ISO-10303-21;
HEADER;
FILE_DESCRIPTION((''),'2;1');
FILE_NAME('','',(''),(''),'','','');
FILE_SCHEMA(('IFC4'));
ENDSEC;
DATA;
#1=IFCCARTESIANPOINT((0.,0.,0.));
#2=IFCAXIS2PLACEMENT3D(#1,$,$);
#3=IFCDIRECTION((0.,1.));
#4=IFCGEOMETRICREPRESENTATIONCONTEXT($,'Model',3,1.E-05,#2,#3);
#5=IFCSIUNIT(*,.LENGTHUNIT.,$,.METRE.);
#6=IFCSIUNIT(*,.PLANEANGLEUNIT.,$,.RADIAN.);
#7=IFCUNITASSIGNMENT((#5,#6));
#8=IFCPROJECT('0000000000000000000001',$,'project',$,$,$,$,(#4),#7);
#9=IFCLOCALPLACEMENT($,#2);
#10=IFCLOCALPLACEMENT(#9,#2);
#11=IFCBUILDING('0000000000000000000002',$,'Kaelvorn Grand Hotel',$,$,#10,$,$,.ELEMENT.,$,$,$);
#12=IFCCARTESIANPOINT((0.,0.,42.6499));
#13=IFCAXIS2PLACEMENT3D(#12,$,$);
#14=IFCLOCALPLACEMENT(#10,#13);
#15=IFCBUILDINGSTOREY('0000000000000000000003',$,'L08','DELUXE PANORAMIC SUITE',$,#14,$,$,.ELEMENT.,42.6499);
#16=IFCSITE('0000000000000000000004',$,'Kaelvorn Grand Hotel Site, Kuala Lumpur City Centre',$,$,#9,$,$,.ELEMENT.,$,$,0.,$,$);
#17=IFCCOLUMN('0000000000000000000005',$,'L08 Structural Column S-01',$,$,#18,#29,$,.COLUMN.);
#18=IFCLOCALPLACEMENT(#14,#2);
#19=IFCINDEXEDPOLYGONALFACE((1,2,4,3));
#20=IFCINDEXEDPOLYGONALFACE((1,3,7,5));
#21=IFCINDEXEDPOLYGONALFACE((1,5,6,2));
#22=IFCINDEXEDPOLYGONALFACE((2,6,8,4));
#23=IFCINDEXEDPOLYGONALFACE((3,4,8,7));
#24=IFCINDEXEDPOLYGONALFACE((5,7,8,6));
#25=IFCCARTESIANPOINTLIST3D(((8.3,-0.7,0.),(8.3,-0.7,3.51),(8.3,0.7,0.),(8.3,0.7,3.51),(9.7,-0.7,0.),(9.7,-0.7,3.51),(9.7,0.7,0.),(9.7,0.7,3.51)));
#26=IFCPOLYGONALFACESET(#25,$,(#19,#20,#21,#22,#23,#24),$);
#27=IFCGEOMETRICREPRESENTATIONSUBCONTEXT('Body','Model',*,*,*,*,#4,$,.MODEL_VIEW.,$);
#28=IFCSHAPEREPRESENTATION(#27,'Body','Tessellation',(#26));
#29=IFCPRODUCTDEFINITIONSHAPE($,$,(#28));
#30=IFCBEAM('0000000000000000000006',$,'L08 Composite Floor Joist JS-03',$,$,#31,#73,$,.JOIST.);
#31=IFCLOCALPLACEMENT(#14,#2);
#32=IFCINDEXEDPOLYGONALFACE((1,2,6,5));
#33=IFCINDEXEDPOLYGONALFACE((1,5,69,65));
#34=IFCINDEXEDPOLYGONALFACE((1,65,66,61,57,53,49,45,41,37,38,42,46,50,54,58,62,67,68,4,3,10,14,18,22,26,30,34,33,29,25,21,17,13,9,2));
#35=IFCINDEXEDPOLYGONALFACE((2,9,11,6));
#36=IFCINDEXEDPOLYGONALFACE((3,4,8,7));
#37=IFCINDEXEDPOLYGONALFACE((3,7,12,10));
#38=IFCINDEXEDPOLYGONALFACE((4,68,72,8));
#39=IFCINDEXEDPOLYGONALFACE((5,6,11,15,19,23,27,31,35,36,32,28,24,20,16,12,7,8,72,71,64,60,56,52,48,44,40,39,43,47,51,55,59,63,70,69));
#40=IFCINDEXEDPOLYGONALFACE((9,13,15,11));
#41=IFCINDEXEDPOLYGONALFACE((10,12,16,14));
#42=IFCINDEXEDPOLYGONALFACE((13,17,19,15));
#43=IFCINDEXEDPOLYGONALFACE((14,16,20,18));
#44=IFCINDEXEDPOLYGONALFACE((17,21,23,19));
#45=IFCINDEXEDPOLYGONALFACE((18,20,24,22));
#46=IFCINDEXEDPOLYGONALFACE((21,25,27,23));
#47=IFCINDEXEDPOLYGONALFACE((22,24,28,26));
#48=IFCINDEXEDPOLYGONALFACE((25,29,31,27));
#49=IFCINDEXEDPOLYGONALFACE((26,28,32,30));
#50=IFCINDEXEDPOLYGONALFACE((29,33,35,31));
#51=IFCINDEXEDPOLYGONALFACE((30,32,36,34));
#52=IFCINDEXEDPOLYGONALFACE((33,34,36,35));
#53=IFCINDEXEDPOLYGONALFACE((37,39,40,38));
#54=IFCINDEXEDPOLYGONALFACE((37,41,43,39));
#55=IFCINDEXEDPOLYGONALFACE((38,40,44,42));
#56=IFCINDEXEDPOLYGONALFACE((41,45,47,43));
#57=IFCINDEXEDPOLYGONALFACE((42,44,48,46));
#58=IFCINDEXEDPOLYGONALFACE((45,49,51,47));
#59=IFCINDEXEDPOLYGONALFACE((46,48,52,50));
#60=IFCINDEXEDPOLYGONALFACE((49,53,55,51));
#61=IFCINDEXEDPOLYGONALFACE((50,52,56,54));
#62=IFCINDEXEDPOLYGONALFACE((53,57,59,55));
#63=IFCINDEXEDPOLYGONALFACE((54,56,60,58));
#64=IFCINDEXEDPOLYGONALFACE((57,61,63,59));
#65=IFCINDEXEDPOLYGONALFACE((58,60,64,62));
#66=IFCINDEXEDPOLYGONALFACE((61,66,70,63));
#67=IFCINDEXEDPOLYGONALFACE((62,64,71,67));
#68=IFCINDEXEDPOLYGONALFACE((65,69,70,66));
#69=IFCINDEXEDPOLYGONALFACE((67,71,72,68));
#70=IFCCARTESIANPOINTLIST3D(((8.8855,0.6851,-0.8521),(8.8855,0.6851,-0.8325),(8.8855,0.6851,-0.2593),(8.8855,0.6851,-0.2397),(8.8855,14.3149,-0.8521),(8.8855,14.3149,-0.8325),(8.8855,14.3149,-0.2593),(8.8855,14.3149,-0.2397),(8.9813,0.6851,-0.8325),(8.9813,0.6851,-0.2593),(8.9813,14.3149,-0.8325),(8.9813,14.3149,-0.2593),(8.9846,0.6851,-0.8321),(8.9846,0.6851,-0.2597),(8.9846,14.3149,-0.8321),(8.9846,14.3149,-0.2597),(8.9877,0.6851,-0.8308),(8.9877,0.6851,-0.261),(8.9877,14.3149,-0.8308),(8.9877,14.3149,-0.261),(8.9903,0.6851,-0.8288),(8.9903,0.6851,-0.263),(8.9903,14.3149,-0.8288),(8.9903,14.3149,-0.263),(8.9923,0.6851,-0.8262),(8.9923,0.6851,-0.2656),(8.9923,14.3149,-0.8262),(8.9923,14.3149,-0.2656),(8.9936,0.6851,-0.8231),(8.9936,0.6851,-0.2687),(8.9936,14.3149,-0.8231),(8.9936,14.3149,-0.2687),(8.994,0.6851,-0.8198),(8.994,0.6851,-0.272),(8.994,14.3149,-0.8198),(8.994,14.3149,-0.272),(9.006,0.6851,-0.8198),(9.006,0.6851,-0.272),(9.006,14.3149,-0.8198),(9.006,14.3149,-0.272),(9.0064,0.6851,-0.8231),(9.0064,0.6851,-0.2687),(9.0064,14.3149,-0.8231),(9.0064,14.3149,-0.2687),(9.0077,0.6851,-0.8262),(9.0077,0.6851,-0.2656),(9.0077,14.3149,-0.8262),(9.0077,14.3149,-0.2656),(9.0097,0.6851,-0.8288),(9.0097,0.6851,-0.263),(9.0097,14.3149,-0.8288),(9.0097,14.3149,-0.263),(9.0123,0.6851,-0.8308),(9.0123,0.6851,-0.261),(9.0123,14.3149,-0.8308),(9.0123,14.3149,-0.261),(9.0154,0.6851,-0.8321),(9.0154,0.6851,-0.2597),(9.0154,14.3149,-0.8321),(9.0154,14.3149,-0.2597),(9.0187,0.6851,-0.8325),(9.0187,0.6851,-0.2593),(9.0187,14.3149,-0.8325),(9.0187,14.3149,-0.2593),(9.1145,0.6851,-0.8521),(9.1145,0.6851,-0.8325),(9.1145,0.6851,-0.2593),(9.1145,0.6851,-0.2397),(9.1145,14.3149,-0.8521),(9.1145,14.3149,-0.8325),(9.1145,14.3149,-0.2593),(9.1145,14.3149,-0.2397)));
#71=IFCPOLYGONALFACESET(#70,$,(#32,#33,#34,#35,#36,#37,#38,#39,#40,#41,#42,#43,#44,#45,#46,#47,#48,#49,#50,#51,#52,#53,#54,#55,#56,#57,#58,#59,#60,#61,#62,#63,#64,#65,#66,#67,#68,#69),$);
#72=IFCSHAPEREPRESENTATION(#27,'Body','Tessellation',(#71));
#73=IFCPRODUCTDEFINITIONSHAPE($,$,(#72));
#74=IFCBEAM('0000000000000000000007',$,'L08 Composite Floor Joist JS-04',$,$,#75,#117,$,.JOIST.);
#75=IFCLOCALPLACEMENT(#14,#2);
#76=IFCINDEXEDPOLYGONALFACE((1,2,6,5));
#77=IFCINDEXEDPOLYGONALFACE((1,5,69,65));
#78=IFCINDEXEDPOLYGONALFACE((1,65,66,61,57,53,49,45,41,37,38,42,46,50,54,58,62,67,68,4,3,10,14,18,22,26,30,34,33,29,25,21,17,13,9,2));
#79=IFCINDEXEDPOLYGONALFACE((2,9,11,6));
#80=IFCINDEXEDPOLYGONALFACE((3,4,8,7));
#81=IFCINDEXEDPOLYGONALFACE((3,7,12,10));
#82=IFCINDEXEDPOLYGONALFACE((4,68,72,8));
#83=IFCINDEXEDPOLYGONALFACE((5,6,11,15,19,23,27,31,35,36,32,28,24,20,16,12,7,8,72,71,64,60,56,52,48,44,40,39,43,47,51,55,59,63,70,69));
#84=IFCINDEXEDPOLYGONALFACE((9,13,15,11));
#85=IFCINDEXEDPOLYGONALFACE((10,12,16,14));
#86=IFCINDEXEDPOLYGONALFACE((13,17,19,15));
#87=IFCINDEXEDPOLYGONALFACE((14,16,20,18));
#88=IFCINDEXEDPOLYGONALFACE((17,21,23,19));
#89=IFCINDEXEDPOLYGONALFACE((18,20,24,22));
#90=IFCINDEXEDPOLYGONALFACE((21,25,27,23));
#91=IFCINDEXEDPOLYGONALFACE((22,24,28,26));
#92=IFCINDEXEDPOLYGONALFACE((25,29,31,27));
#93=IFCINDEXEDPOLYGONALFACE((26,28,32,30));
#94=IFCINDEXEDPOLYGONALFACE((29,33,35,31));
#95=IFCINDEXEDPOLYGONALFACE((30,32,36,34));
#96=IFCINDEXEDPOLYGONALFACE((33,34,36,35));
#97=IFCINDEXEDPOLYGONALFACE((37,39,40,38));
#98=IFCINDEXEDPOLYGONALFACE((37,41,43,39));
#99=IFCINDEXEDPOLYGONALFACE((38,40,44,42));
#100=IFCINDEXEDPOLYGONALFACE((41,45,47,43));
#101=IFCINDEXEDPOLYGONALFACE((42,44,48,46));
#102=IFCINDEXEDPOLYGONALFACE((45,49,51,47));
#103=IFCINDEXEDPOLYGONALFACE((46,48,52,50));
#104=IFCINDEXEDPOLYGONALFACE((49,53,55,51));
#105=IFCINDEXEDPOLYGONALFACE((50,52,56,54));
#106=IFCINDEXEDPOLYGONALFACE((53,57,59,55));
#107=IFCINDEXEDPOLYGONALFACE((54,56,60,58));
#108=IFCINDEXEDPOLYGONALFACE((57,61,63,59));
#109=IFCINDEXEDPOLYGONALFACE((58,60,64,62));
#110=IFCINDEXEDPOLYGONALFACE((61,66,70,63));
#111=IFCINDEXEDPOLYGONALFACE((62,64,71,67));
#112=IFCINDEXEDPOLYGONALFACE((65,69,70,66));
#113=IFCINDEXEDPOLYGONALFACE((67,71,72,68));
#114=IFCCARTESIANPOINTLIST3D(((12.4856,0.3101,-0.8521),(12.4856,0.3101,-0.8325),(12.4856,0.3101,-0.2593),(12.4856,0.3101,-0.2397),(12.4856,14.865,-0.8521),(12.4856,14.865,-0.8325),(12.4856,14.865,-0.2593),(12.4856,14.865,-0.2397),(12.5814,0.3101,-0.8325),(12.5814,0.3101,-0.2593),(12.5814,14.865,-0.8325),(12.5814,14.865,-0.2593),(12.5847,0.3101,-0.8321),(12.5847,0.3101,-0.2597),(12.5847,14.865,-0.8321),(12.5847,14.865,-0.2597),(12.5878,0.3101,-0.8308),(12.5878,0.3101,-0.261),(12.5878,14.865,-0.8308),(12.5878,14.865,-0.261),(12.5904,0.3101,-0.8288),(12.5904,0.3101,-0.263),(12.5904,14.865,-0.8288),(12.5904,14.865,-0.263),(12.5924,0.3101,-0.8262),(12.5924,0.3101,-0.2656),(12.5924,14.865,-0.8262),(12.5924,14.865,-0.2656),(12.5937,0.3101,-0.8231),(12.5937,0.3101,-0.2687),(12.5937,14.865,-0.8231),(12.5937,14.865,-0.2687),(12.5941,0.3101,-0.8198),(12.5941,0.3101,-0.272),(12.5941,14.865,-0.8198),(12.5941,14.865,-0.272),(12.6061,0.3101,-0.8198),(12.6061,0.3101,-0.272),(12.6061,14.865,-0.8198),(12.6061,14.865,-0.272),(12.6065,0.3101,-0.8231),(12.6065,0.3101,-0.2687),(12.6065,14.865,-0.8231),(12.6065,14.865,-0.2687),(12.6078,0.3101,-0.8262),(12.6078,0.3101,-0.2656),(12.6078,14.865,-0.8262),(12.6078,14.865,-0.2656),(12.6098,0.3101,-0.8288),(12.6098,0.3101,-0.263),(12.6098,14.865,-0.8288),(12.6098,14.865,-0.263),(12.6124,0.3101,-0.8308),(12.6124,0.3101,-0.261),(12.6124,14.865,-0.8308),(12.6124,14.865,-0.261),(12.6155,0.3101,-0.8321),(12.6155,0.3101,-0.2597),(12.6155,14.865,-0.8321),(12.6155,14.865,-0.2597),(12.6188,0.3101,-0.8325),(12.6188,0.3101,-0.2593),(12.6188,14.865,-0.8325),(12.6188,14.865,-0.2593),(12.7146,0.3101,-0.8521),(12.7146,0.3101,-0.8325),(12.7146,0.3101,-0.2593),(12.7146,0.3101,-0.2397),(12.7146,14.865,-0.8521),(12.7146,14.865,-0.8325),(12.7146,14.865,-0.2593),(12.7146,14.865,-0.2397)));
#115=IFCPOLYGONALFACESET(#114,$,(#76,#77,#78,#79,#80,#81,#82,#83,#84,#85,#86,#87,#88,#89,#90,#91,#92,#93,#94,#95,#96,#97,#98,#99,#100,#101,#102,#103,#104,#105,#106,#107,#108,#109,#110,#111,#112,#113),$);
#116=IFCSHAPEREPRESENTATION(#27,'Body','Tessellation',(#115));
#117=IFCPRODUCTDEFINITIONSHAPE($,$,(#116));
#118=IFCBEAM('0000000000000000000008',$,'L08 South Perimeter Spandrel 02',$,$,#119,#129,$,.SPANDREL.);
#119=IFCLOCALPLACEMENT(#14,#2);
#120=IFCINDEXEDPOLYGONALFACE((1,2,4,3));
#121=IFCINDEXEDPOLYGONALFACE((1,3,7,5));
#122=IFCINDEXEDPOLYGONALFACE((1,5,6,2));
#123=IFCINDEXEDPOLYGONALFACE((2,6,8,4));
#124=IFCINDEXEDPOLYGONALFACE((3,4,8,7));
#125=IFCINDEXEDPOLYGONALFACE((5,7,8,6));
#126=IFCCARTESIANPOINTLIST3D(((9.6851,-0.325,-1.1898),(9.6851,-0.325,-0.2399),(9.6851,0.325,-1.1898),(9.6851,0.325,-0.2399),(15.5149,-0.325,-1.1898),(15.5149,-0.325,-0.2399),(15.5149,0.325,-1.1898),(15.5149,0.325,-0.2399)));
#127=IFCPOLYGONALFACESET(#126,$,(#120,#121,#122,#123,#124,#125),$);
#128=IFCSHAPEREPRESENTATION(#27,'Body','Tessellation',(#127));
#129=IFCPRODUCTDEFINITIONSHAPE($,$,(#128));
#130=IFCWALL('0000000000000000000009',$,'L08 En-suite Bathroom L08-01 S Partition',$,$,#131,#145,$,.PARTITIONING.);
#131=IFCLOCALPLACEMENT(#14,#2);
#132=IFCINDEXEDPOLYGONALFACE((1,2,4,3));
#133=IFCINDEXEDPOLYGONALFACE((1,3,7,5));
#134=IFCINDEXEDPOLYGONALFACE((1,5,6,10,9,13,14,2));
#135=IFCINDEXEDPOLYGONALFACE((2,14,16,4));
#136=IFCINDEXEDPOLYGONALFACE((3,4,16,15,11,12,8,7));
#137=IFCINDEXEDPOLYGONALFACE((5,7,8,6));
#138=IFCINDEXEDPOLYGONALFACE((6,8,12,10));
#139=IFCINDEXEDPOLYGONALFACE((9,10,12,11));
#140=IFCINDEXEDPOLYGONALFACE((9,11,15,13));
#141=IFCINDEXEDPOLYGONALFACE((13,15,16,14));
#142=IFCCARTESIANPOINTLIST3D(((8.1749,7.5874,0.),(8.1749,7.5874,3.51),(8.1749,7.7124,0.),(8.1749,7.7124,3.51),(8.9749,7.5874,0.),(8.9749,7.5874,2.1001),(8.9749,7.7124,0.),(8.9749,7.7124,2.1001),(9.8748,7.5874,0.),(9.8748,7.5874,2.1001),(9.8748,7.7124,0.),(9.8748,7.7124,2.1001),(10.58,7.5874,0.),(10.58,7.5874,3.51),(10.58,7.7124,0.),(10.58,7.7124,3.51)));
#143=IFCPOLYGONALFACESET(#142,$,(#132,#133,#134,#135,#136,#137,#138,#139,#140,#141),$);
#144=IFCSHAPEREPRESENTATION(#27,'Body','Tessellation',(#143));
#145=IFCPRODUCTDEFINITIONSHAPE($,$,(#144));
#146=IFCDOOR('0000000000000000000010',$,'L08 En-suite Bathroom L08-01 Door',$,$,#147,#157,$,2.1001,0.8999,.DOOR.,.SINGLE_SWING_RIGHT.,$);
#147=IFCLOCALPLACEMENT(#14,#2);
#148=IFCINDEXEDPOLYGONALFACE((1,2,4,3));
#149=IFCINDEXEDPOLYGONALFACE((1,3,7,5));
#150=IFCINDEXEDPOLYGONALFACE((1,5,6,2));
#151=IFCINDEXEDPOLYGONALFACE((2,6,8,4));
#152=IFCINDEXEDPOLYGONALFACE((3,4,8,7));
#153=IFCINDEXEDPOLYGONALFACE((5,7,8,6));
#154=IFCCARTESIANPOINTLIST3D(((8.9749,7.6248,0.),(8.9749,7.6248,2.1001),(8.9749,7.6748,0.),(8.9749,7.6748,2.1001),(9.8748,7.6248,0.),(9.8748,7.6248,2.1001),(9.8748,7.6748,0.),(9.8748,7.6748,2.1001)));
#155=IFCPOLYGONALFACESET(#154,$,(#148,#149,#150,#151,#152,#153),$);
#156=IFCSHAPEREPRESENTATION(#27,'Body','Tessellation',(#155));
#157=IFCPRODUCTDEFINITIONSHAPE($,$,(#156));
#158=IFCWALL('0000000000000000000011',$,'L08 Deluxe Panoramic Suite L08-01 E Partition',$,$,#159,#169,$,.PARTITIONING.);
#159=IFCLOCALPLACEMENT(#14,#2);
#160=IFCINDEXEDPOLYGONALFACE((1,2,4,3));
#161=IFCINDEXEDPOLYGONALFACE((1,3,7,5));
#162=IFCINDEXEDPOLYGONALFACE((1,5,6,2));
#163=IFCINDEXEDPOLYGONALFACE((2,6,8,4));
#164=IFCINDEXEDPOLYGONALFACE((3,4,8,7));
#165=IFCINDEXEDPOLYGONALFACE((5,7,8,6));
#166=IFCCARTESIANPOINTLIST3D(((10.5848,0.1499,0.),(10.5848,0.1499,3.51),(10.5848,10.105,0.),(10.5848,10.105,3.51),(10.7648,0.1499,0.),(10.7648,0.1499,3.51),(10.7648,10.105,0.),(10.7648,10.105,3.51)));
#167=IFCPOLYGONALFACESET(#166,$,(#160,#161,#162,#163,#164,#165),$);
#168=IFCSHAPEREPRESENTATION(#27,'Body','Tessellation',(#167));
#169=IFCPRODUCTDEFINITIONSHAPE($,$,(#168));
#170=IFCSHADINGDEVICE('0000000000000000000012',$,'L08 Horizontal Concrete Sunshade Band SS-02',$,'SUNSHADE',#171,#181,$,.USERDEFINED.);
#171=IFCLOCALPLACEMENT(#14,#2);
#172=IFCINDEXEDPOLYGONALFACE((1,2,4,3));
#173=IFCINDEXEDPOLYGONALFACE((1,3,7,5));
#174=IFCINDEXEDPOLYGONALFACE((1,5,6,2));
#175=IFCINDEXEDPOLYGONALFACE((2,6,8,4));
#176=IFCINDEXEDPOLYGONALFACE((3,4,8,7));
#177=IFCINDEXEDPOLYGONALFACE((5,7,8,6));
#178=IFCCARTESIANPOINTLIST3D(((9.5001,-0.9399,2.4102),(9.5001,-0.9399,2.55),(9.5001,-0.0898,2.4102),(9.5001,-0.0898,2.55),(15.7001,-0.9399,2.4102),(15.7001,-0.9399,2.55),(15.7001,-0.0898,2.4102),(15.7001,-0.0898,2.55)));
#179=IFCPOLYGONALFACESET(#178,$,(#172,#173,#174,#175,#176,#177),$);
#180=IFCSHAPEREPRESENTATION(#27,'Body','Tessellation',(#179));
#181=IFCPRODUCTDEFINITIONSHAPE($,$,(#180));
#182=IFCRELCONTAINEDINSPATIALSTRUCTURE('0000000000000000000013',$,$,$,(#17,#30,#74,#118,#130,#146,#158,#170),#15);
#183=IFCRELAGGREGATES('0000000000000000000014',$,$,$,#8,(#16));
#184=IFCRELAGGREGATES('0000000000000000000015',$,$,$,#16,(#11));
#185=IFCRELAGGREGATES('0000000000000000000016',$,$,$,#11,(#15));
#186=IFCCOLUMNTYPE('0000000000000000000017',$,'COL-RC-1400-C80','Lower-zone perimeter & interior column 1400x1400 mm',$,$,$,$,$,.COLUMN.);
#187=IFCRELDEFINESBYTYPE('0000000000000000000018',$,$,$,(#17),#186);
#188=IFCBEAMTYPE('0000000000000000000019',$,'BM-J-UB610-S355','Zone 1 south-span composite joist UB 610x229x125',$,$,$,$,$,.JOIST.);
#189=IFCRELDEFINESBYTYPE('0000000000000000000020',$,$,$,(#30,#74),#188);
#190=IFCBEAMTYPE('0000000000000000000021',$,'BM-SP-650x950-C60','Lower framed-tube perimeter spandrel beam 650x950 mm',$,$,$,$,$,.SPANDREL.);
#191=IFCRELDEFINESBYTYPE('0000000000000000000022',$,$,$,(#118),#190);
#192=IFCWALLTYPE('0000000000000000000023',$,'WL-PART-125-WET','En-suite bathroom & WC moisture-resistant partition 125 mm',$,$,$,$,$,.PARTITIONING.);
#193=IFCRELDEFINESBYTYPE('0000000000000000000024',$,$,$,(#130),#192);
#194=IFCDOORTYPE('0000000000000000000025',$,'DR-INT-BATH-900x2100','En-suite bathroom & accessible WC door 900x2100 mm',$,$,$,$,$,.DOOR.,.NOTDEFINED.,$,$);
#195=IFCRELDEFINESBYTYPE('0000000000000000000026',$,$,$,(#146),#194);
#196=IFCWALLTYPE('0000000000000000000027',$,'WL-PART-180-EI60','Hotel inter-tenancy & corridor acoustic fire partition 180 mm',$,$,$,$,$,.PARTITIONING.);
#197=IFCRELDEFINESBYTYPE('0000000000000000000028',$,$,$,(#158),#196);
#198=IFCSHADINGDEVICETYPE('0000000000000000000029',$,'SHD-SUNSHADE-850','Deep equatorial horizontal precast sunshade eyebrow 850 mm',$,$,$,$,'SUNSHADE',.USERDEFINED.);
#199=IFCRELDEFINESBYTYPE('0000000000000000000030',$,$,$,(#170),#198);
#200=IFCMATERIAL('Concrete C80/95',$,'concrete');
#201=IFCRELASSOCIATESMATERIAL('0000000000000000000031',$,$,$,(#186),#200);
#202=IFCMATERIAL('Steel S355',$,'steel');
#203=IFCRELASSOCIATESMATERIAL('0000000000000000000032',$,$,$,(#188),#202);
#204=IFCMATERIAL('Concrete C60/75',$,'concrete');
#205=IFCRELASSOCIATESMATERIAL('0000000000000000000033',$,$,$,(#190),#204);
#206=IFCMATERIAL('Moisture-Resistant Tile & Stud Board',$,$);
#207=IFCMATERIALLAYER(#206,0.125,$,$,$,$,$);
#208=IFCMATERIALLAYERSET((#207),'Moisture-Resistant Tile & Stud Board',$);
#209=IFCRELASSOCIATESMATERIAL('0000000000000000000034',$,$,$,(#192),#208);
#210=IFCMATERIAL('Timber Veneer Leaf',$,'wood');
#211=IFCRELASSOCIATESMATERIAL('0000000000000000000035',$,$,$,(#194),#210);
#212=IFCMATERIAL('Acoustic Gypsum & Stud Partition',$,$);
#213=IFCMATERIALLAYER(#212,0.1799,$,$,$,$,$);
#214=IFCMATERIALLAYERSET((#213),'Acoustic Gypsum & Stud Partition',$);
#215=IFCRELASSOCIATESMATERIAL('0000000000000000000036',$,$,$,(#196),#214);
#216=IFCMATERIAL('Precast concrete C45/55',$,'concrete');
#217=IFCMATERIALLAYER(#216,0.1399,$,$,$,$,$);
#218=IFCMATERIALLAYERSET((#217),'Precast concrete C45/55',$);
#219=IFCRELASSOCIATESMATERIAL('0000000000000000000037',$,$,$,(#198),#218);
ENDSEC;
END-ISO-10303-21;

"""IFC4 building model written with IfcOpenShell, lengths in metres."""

from ifc_helpers import new_model, si_unit, direction, frame, frame_2d, origin, origin_2d, place, context, subcontext, project, spatial, rectangle, i_section, extrude, material, layer, layer_set, material_profile, profile_set, type_object, element, fill, save


model = new_model("IFC4")

# Units and contexts
model_context = context("Model", 3, precision=1e-05, world=origin(), true_north=direction((0.0, 1.0)))
body_context = subcontext(model_context, "Body", "Model", "MODEL_VIEW")
ifc_project = project(units=[si_unit("LENGTHUNIT", "METRE"), si_unit("PLANEANGLEUNIT", "RADIAN")], contexts=[model_context])

# Site, building, storey
site_placement = place(None, origin())
site = spatial("IfcSite", under=ifc_project, at=site_placement, Name="Kaelvorn Grand Hotel Site, Kuala Lumpur City Centre", CompositionType="ELEMENT", RefElevation=0.0)
building_placement = place(site_placement, origin())
building = spatial("IfcBuilding", under=site, at=building_placement, Name="Kaelvorn Grand Hotel", CompositionType="ELEMENT")
storey_placement = place(building_placement, frame((0.0, 0.0, 42.6499)))
storey = spatial("IfcBuildingStorey", under=building, at=storey_placement, Name="L08", Description="DELUXE PANORAMIC SUITE", CompositionType="ELEMENT", Elevation=42.6499)

# Column
ifc_material_1 = material(Name="Concrete C80/95", Category="concrete")
ifc_material_profile_1 = material_profile(ifc_material_1, rectangle(XDim=1.3999, YDim=1.3999, at=origin_2d()), Name="RC COL 1400x1400")
ifc_profile_set_1 = profile_set([ifc_material_profile_1], Name="Concrete C80/95")
column_type = type_object("IfcColumnType", Name="COL-RC-1400-C80", Description="Lower-zone perimeter & interior column 1400x1400 mm", PredefinedType="COLUMN", material=ifc_profile_set_1)
column_placement = place(storey_placement, frame((9.0, 0.0, 0.0), z_axis=(0.0, 0.0, 1.0), x_axis=(1.0, 0.0, 0.0)))
element("IfcColumn", 1, at=column_placement, inside=storey, type_object=column_type, Name="L08 Structural Column S-01", PredefinedType="COLUMN", context=body_context, shape_type="SweptSolid", body=[
    extrude(rectangle(XDim=1.3999, YDim=1.3999, at=origin_2d()), origin(), (0.0, 0.0, 1.0), 3.51),
])

# Beams
ifc_material_2 = material(Name="Steel S355", Category="steel")
ifc_material_profile_2 = material_profile(ifc_material_2, i_section(OverallWidth=0.229, OverallDepth=0.6123, WebThickness=0.012, FlangeThickness=0.0195, FilletRadius=0.0127, at=origin_2d()), Name="UB 610x229x125")
ifc_profile_set_2 = profile_set([ifc_material_profile_2], Name="Steel S355")
beam_type_1 = type_object("IfcBeamType", Name="BM-J-UB610-S355", Description="Zone 1 south-span composite joist UB 610x229x125", PredefinedType="JOIST", material=ifc_profile_set_2)
beam_1_placement = place(storey_placement, frame((9.0, 0.6851, -0.5459), z_axis=(0.0, 1.0, 0.0), x_axis=(-1.0, 0.0, 0.0)))
element("IfcBeam", 2, at=beam_1_placement, inside=storey, type_object=beam_type_1, Name="L08 Composite Floor Joist JS-03", PredefinedType="JOIST", context=body_context, shape_type="SweptSolid", body=[
    extrude(i_section(OverallWidth=0.229, OverallDepth=0.6123, WebThickness=0.012, FlangeThickness=0.0195, FilletRadius=0.0127, at=origin_2d()), origin(), (0.0, 0.0, 1.0), 13.6299),
])
beam_2_placement = place(storey_placement, frame((12.6001, 0.3101, -0.5459), z_axis=(0.0, 1.0, 0.0), x_axis=(-1.0, 0.0, 0.0)))
element("IfcBeam", 3, at=beam_2_placement, inside=storey, type_object=beam_type_1, Name="L08 Composite Floor Joist JS-04", PredefinedType="JOIST", context=body_context, shape_type="SweptSolid", body=[
    extrude(i_section(OverallWidth=0.229, OverallDepth=0.6123, WebThickness=0.012, FlangeThickness=0.0195, FilletRadius=0.0127, at=origin_2d()), origin(), (0.0, 0.0, 1.0), 14.5549),
])
ifc_material_3 = material(Name="Concrete C60/75", Category="concrete")
ifc_material_profile_3 = material_profile(ifc_material_3, rectangle(XDim=0.6499, YDim=0.95, at=origin_2d()), Name="RC SPANDREL 650x950")
ifc_profile_set_3 = profile_set([ifc_material_profile_3], Name="Concrete C60/75")
beam_type_2 = type_object("IfcBeamType", Name="BM-SP-650x950-C60", Description="Lower framed-tube perimeter spandrel beam 650x950 mm", PredefinedType="SPANDREL", material=ifc_profile_set_3)
beam_3_placement = place(storey_placement, frame((9.6851, 0.0, -0.7148), z_axis=(1.0, 0.0, 0.0), x_axis=(0.0, 1.0, 0.0)))
element("IfcBeam", 4, at=beam_3_placement, inside=storey, type_object=beam_type_2, Name="L08 South Perimeter Spandrel 02", PredefinedType="SPANDREL", context=body_context, shape_type="SweptSolid", body=[
    extrude(rectangle(XDim=0.6499, YDim=0.95, at=origin_2d()), origin(), (0.0, 0.0, 1.0), 5.8298),
])

# Wall, opening, door
ifc_material_4 = material(Name="Moisture-Resistant Tile & Stud Board")
ifc_layer_1 = layer(ifc_material_4, 0.125)
ifc_layer_set_1 = layer_set([ifc_layer_1], Name="Moisture-Resistant Tile & Stud Board")
wall_type_1 = type_object("IfcWallType", Name="WL-PART-125-WET", Description="En-suite bathroom & WC moisture-resistant partition 125 mm", PredefinedType="PARTITIONING", material=ifc_layer_set_1)
wall_1_placement = place(storey_placement, frame((8.1748, 7.6499, 0.0), z_axis=(0.0, 0.0, 1.0), x_axis=(1.0, 0.0, 0.0)))
wall_1 = element("IfcWall", 5, at=wall_1_placement, inside=storey, type_object=wall_type_1, Name="L08 En-suite Bathroom L08-01 S Partition", PredefinedType="PARTITIONING", context=body_context, shape_type="SweptSolid", body=[
    extrude(rectangle(XDim=2.405, YDim=0.125, at=frame_2d((1.2026, 0.0))), origin(), (0.0, 0.0, 1.0), 3.51),
])
opening_placement = place(wall_1_placement, frame((0.8, 0.0, 0.0)))
opening = element("IfcOpeningElement", 6, at=opening_placement, cuts=wall_1, PredefinedType="OPENING", context=body_context, shape_type="SweptSolid", body=[
    extrude(rectangle(XDim=0.8999, YDim=2.1001, at=frame_2d((0.45, 1.05))), frame((0.0, 0.0725, 0.0), z_axis=(0.0, -1.0, 0.0), x_axis=(1.0, 0.0, 0.0)), (0.0, 0.0, 1.0), 0.145),
])
ifc_material_5 = material(Name="Timber Veneer Leaf", Category="wood")
door_type = type_object("IfcDoorType", Name="DR-INT-BATH-900x2100", Description="En-suite bathroom & accessible WC door 900x2100 mm", OperationType="NOTDEFINED", PredefinedType="DOOR", material=ifc_material_5)
door_placement = place(opening_placement, origin())
door = element("IfcDoor", 7, at=door_placement, inside=storey, type_object=door_type, Name="L08 En-suite Bathroom L08-01 Door", OperationType="SINGLE_SWING_RIGHT", OverallHeight=2.1001, OverallWidth=0.8999, PredefinedType="DOOR", context=body_context, shape_type="SweptSolid", body=[
    extrude(rectangle(XDim=0.8999, YDim=2.1001, at=frame_2d((0.45, 1.05))), frame((0.0, 0.0249, 0.0), z_axis=(0.0, -1.0, 0.0), x_axis=(1.0, 0.0, 0.0)), (0.0, 0.0, 1.0), 0.05),
])
fill(opening, door)

# Wall
ifc_material_6 = material(Name="Acoustic Gypsum & Stud Partition")
ifc_layer_2 = layer(ifc_material_6, 0.1799)
ifc_layer_set_2 = layer_set([ifc_layer_2], Name="Acoustic Gypsum & Stud Partition")
wall_type_2 = type_object("IfcWallType", Name="WL-PART-180-EI60", Description="Hotel inter-tenancy & corridor acoustic fire partition 180 mm", PredefinedType="PARTITIONING", material=ifc_layer_set_2)
wall_2_placement = place(storey_placement, frame((10.6748, 0.1499, 0.0), z_axis=(0.0, 0.0, 1.0), x_axis=(0.0, 1.0, 0.0)))
element("IfcWall", 8, at=wall_2_placement, inside=storey, type_object=wall_type_2, Name="L08 Deluxe Panoramic Suite L08-01 E Partition", PredefinedType="PARTITIONING", context=body_context, shape_type="SweptSolid", body=[
    extrude(rectangle(XDim=9.9551, YDim=0.1799, at=frame_2d((4.9775, 0.0))), origin(), (0.0, 0.0, 1.0), 3.51),
])

# Shading device
ifc_material_7 = material(Name="Precast concrete C45/55", Category="concrete")
ifc_layer_3 = layer(ifc_material_7, 0.1399)
ifc_layer_set_3 = layer_set([ifc_layer_3], Name="Precast concrete C45/55")
shading_device_type = type_object("IfcShadingDeviceType", Name="SHD-SUNSHADE-850", Description="Deep equatorial horizontal precast sunshade eyebrow 850 mm", ElementType="SUNSHADE", PredefinedType="USERDEFINED", material=ifc_layer_set_3)
shading_device_placement = place(storey_placement, frame((12.6001, -0.5149, 2.4102), z_axis=(0.0, 0.0, 1.0), x_axis=(1.0, 0.0, 0.0)))
element("IfcShadingDevice", 9, at=shading_device_placement, inside=storey, type_object=shading_device_type, Name="L08 Horizontal Concrete Sunshade Band SS-02", ObjectType="SUNSHADE", PredefinedType="USERDEFINED", context=body_context, shape_type="SweptSolid", body=[
    extrude(rectangle(XDim=6.2, YDim=0.8501, at=origin_2d()), origin(), (0.0, 0.0, 1.0), 0.1399),
])

save(model, "model.ifc")
